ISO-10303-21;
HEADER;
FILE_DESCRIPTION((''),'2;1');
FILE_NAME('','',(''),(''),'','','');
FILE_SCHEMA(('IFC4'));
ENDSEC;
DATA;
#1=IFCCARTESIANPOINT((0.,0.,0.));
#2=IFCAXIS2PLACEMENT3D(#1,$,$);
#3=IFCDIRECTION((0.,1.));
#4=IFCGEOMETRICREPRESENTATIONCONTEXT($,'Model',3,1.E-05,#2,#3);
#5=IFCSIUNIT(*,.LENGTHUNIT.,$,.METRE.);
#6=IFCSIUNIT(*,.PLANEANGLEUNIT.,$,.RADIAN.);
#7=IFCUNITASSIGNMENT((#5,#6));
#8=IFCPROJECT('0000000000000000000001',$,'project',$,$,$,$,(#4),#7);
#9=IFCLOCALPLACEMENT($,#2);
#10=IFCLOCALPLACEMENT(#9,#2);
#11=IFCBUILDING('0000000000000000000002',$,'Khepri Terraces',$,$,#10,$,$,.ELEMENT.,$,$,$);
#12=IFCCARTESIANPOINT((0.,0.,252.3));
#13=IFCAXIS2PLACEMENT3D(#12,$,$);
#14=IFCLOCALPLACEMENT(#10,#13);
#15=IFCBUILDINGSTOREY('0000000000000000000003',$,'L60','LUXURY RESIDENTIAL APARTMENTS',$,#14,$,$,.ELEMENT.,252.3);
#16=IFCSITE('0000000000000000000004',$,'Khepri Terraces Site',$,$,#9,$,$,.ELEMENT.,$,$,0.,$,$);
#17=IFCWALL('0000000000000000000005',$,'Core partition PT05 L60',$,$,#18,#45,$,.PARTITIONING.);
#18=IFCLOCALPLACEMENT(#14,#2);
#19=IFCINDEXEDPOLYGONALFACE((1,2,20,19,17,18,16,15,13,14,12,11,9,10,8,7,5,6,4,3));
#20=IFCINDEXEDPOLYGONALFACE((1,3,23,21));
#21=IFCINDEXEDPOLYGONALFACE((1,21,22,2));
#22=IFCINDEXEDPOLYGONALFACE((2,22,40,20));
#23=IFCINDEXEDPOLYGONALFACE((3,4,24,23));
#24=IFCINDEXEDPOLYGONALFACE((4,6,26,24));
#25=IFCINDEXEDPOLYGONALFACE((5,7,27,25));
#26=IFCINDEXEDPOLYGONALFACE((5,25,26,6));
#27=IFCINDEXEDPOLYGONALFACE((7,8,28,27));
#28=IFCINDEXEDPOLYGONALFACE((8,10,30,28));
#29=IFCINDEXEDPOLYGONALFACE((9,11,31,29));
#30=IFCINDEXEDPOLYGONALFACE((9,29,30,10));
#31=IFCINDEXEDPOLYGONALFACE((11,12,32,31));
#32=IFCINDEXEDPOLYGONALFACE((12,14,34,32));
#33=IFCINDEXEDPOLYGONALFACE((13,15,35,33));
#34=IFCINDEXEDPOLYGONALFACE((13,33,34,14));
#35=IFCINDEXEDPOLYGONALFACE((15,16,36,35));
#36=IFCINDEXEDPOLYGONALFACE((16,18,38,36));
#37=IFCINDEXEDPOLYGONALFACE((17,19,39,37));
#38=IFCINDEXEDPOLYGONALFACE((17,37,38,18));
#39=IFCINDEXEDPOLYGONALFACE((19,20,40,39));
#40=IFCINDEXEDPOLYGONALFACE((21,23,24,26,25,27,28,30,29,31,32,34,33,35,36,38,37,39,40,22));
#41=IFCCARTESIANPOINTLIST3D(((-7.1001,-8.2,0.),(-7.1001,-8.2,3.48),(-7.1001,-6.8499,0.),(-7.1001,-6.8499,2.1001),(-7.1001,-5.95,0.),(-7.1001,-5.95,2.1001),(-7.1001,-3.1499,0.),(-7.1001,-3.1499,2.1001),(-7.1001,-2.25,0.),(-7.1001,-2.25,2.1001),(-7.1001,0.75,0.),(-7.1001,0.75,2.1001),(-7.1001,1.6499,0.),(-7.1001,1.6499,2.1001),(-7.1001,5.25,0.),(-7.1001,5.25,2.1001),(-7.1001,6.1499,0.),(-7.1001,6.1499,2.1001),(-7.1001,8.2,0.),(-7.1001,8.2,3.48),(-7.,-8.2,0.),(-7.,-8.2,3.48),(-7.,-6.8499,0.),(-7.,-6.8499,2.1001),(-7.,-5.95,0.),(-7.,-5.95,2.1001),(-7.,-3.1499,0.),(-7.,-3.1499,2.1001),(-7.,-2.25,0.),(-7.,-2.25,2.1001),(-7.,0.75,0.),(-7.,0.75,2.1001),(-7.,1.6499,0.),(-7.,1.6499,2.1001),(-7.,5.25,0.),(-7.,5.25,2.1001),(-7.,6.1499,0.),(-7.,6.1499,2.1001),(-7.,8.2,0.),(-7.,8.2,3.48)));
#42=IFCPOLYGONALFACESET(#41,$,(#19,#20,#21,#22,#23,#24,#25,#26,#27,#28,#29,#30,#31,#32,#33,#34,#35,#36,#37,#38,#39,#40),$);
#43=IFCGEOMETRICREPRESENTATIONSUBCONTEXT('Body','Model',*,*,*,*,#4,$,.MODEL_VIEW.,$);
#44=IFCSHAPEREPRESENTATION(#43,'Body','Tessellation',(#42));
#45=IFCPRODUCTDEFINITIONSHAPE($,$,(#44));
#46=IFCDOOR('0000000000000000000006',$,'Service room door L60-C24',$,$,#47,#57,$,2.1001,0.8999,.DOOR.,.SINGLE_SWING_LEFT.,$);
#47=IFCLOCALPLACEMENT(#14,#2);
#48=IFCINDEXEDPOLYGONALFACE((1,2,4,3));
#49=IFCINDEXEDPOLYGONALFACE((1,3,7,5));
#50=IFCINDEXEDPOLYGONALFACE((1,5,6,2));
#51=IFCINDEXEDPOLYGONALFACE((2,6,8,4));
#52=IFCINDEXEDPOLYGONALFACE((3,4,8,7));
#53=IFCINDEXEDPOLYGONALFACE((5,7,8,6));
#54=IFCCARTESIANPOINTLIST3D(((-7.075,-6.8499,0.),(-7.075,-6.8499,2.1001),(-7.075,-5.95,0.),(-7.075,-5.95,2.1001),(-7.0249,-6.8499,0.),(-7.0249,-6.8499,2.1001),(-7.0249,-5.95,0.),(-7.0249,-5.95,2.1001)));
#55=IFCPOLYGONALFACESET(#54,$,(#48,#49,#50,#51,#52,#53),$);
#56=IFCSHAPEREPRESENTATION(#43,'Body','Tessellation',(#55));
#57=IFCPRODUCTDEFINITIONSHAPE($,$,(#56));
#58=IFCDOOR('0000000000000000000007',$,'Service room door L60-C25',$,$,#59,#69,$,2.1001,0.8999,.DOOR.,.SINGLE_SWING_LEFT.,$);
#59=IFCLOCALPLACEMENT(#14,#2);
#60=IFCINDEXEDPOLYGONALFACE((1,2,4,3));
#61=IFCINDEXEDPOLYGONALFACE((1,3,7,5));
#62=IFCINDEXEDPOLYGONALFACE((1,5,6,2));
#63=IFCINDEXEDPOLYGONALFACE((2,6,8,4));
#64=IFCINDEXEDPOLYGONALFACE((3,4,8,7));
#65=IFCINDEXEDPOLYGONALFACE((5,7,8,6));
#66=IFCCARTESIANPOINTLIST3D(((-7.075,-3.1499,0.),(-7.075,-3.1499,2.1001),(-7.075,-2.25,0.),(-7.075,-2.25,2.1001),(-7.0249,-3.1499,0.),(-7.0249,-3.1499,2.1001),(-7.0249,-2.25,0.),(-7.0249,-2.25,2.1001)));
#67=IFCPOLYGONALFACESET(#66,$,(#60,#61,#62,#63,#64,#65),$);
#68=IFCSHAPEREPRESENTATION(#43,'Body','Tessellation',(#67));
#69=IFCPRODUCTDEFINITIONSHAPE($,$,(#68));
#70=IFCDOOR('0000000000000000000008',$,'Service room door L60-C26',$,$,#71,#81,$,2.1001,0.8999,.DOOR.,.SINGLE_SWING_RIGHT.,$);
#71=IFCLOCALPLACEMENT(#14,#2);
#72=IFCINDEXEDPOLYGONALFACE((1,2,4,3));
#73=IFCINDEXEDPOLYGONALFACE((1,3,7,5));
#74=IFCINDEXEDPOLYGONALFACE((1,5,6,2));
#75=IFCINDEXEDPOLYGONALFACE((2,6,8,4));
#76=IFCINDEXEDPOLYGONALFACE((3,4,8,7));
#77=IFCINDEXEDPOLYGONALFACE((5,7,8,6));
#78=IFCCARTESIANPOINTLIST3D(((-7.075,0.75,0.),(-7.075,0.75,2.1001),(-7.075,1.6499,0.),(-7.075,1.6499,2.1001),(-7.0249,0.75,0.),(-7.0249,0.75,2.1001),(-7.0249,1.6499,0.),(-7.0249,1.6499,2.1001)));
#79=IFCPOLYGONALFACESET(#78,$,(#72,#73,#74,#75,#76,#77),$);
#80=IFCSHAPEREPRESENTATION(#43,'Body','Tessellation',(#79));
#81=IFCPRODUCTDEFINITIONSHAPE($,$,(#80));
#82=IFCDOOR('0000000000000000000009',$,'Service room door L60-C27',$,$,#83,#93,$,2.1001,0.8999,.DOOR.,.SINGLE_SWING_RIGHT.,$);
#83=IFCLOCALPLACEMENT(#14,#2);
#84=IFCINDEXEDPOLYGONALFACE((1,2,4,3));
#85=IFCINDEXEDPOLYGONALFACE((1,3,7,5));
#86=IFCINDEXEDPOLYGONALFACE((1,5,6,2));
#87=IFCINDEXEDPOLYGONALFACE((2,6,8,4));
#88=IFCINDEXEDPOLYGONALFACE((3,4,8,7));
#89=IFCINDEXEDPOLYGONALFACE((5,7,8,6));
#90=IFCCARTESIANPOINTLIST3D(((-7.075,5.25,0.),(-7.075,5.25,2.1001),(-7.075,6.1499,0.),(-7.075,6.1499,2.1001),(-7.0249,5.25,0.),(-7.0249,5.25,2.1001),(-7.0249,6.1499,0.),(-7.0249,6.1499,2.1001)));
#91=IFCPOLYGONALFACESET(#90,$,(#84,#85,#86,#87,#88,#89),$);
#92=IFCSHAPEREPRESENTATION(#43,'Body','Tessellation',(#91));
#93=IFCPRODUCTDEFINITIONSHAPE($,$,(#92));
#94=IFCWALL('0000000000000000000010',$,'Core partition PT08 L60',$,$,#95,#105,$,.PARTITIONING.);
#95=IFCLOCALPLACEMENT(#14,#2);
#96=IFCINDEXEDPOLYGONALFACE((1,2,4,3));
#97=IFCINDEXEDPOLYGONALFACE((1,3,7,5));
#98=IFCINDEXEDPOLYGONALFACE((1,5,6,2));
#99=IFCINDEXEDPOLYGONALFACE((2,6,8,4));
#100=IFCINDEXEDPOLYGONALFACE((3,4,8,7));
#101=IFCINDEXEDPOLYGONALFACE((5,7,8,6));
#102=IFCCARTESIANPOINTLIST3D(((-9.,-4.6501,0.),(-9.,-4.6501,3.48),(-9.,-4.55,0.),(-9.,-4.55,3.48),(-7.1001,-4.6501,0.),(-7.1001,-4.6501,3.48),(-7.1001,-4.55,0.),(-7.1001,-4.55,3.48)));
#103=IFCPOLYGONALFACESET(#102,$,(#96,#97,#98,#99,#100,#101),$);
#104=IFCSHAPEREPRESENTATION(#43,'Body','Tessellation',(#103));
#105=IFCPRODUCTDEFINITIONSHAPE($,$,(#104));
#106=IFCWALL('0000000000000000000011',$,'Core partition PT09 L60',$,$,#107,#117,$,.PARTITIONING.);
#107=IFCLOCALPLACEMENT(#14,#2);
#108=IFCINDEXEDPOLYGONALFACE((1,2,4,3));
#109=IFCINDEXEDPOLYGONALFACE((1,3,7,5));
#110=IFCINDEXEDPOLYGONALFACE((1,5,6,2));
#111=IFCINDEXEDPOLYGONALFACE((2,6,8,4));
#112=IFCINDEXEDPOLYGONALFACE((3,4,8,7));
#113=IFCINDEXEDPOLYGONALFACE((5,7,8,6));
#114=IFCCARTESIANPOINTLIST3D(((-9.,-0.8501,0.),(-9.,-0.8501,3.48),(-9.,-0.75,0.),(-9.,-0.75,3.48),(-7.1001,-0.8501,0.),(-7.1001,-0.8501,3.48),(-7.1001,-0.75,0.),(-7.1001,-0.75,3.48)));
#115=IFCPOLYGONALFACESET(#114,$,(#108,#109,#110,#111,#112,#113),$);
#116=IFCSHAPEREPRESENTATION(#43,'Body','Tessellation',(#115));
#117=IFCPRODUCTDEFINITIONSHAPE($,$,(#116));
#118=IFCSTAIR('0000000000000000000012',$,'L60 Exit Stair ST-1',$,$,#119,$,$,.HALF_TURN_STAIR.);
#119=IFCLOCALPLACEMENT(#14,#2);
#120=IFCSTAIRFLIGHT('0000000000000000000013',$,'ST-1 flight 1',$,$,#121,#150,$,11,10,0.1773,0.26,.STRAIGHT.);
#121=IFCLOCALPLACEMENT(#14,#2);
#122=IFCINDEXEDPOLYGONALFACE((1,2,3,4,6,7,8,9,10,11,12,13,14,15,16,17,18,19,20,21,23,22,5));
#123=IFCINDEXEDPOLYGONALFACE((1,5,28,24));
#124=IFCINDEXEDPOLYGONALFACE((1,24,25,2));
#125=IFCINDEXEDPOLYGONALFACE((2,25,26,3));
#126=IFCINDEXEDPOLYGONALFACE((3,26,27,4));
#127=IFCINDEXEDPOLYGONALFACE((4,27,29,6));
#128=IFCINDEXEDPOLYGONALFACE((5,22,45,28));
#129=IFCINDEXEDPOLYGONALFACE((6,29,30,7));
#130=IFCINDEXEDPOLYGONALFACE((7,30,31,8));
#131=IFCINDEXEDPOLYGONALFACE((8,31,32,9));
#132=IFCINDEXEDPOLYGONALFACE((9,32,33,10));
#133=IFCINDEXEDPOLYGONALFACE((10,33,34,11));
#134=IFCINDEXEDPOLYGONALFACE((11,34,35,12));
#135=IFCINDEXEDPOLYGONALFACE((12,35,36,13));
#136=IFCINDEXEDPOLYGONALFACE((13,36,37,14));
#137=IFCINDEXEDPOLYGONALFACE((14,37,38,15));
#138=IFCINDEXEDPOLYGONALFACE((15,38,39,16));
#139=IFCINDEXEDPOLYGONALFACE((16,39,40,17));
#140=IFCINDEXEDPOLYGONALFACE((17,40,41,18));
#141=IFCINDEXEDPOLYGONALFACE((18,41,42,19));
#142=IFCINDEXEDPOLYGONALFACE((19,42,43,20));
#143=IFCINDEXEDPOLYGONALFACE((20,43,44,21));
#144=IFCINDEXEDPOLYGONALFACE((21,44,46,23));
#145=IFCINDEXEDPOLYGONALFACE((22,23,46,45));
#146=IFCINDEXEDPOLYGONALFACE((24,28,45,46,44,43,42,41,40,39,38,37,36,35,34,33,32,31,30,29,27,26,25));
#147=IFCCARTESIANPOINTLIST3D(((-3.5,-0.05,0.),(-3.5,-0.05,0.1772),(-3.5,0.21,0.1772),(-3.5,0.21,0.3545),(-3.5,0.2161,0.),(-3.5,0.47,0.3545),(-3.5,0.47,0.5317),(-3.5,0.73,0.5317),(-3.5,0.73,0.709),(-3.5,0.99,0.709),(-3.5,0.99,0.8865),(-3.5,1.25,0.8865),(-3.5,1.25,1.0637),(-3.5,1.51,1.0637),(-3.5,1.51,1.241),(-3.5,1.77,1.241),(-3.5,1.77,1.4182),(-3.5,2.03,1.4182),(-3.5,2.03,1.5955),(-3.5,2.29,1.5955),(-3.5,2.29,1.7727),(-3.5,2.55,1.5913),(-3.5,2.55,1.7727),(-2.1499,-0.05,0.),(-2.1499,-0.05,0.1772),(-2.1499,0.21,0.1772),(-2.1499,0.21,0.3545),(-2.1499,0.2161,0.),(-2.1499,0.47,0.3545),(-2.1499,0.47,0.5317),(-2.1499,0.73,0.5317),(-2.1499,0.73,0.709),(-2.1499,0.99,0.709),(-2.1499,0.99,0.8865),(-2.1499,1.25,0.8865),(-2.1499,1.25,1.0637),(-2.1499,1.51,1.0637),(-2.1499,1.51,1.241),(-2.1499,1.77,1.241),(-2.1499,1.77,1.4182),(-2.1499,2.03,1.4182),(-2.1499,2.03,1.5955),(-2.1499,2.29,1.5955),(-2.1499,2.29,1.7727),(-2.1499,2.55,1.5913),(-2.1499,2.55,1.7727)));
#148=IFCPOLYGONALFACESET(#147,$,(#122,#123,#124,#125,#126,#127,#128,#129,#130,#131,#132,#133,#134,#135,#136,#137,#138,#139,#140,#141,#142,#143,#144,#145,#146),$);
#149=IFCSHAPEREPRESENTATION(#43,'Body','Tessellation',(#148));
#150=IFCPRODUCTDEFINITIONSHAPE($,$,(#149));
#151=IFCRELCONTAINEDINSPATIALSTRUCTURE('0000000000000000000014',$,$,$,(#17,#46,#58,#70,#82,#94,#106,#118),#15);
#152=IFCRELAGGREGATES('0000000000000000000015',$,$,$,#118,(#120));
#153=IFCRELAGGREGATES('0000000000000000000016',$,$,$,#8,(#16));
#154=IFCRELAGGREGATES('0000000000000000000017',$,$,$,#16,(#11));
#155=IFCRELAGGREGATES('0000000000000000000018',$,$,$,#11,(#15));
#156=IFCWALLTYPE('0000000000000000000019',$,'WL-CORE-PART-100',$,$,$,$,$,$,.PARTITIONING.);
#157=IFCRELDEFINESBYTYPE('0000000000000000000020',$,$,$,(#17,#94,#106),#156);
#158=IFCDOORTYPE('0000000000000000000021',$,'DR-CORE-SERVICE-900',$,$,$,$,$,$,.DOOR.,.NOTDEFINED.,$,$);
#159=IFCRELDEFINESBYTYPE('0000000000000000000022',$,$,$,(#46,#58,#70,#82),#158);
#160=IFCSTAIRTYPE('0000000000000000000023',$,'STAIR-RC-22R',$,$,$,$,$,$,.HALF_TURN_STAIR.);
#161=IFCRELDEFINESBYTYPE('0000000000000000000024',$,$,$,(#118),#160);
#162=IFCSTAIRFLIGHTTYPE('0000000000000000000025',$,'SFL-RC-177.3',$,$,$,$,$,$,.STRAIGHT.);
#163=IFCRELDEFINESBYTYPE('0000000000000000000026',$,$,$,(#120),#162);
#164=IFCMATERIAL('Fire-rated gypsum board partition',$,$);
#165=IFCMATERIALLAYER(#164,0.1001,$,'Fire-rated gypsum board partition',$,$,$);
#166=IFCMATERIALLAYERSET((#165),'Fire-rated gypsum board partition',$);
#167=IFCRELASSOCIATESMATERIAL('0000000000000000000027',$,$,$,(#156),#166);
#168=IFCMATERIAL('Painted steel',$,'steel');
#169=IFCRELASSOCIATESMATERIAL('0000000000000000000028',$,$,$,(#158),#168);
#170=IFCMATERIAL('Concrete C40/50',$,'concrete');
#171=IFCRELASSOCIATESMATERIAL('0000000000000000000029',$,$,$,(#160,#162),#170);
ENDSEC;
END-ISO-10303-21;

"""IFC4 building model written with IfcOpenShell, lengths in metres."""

from ifc_helpers import new_model, si_unit, direction, frame, frame_2d, origin, place, context, subcontext, project, spatial, polyline, rectangle, outline, extrude, material, layer, layer_set, type_object, element, fill, aggregate, save


model = new_model("IFC4")

# Units and contexts
model_context = context("Model", 3, precision=1e-05, world=origin(), true_north=direction((0.0, 1.0)))
body_context = subcontext(model_context, "Body", "Model", "MODEL_VIEW")
ifc_project = project(units=[si_unit("LENGTHUNIT", "METRE"), si_unit("PLANEANGLEUNIT", "RADIAN")], contexts=[model_context])

# Site, building, storey
site_placement = place(None, origin())
site = spatial("IfcSite", under=ifc_project, at=site_placement, Name="Khepri Terraces Site", CompositionType="ELEMENT", RefElevation=0.0)
building_placement = place(site_placement, origin())
building = spatial("IfcBuilding", under=site, at=building_placement, Name="Khepri Terraces", CompositionType="ELEMENT")
storey_placement = place(building_placement, frame((0.0, 0.0, 252.3)))
storey = spatial("IfcBuildingStorey", under=building, at=storey_placement, Name="L60", Description="LUXURY RESIDENTIAL APARTMENTS", CompositionType="ELEMENT", Elevation=252.3)

# Shared definitions
ifc_material_1 = material(Name="Concrete C40/50", Category="concrete")

# Shared definitions
ifc_material_2 = material(Name="Painted steel", Category="steel")

# Wall, openings, doors
ifc_material_3 = material(Name="Fire-rated gypsum board partition")
ifc_layer_1 = layer(ifc_material_3, 0.1001, Name="Fire-rated gypsum board partition")
ifc_layer_set_1 = layer_set([ifc_layer_1], Name="Fire-rated gypsum board partition")
wall_type_1 = type_object("IfcWallType", Name="WL-CORE-PART-100", PredefinedType="PARTITIONING", material=ifc_layer_set_1)
wall_1_placement = place(storey_placement, frame((-7.05, -8.2, 0.0), z_axis=(0.0, 0.0, 1.0), x_axis=(0.0, 1.0, 0.0)))
wall_1 = element("IfcWall", 1, at=wall_1_placement, inside=storey, type_object=wall_type_1, Name="Core partition PT05 L60", PredefinedType="PARTITIONING", context=body_context, shape_type="SweptSolid", body=[
    extrude(rectangle(XDim=16.3999, YDim=0.1001, at=frame_2d((8.2, 0.0))), origin(), (0.0, 0.0, 1.0), 3.48),
])
opening_1_placement = place(wall_1_placement, frame((1.3501, 0.0, 0.0)))
opening_1 = element("IfcOpeningElement", 2, at=opening_1_placement, cuts=wall_1, PredefinedType="OPENING", context=body_context, shape_type="SweptSolid", body=[
    extrude(rectangle(XDim=0.8999, YDim=2.1001, at=frame_2d((0.45, 1.05))), frame((0.0, 0.0601, 0.0), z_axis=(0.0, -1.0, 0.0), x_axis=(1.0, 0.0, 0.0)), (0.0, 0.0, 1.0), 0.1201),
])
opening_2_placement = place(wall_1_placement, frame((5.05, 0.0, 0.0)))
opening_2 = element("IfcOpeningElement", 3, at=opening_2_placement, cuts=wall_1, PredefinedType="OPENING", context=body_context, shape_type="SweptSolid", body=[
    extrude(rectangle(XDim=0.8999, YDim=2.1001, at=frame_2d((0.45, 1.05))), frame((0.0, 0.0601, 0.0), z_axis=(0.0, -1.0, 0.0), x_axis=(1.0, 0.0, 0.0)), (0.0, 0.0, 1.0), 0.1201),
])
opening_3_placement = place(wall_1_placement, frame((8.95, 0.0, 0.0)))
opening_3 = element("IfcOpeningElement", 4, at=opening_3_placement, cuts=wall_1, PredefinedType="OPENING", context=body_context, shape_type="SweptSolid", body=[
    extrude(rectangle(XDim=0.8999, YDim=2.1001, at=frame_2d((0.45, 1.05))), frame((0.0, 0.0601, 0.0), z_axis=(0.0, -1.0, 0.0), x_axis=(1.0, 0.0, 0.0)), (0.0, 0.0, 1.0), 0.1201),
])
opening_4_placement = place(wall_1_placement, frame((13.45, 0.0, 0.0)))
opening_4 = element("IfcOpeningElement", 5, at=opening_4_placement, cuts=wall_1, PredefinedType="OPENING", context=body_context, shape_type="SweptSolid", body=[
    extrude(rectangle(XDim=0.8999, YDim=2.1001, at=frame_2d((0.45, 1.05))), frame((0.0, 0.0601, 0.0), z_axis=(0.0, -1.0, 0.0), x_axis=(1.0, 0.0, 0.0)), (0.0, 0.0, 1.0), 0.1201),
])
door_type_1 = type_object("IfcDoorType", Name="DR-CORE-SERVICE-900", OperationType="NOTDEFINED", PredefinedType="DOOR", material=ifc_material_2)
door_1_placement = place(opening_1_placement, origin())
door_1 = element("IfcDoor", 6, at=door_1_placement, inside=storey, type_object=door_type_1, Name="Service room door L60-C24", OperationType="SINGLE_SWING_LEFT", OverallHeight=2.1001, OverallWidth=0.8999, PredefinedType="DOOR", context=body_context, shape_type="SweptSolid", body=[
    extrude(rectangle(XDim=0.8999, YDim=2.1001, at=frame_2d((0.45, 1.05))), frame((0.0, 0.0249, 0.0), z_axis=(0.0, -1.0, 0.0), x_axis=(1.0, 0.0, 0.0)), (0.0, 0.0, 1.0), 0.05),
])
fill(opening_1, door_1)
door_2_placement = place(opening_2_placement, origin())
door_2 = element("IfcDoor", 7, at=door_2_placement, inside=storey, type_object=door_type_1, Name="Service room door L60-C25", OperationType="SINGLE_SWING_LEFT", OverallHeight=2.1001, OverallWidth=0.8999, PredefinedType="DOOR", context=body_context, shape_type="SweptSolid", body=[
    extrude(rectangle(XDim=0.8999, YDim=2.1001, at=frame_2d((0.45, 1.05))), frame((0.0, 0.0249, 0.0), z_axis=(0.0, -1.0, 0.0), x_axis=(1.0, 0.0, 0.0)), (0.0, 0.0, 1.0), 0.05),
])
fill(opening_2, door_2)
door_3_placement = place(opening_3_placement, origin())
door_3 = element("IfcDoor", 8, at=door_3_placement, inside=storey, type_object=door_type_1, Name="Service room door L60-C26", OperationType="SINGLE_SWING_RIGHT", OverallHeight=2.1001, OverallWidth=0.8999, PredefinedType="DOOR", context=body_context, shape_type="SweptSolid", body=[
    extrude(rectangle(XDim=0.8999, YDim=2.1001, at=frame_2d((0.45, 1.05))), frame((0.0, 0.0249, 0.0), z_axis=(0.0, -1.0, 0.0), x_axis=(1.0, 0.0, 0.0)), (0.0, 0.0, 1.0), 0.05),
])
fill(opening_3, door_3)
door_4_placement = place(opening_4_placement, origin())
door_4 = element("IfcDoor", 9, at=door_4_placement, inside=storey, type_object=door_type_1, Name="Service room door L60-C27", OperationType="SINGLE_SWING_RIGHT", OverallHeight=2.1001, OverallWidth=0.8999, PredefinedType="DOOR", context=body_context, shape_type="SweptSolid", body=[
    extrude(rectangle(XDim=0.8999, YDim=2.1001, at=frame_2d((0.45, 1.05))), frame((0.0, 0.0249, 0.0), z_axis=(0.0, -1.0, 0.0), x_axis=(1.0, 0.0, 0.0)), (0.0, 0.0, 1.0), 0.05),
])
fill(opening_4, door_4)

# Walls
for number, where, z_axis, x_axis, name in (
    (10, (-9.0, -4.6001, 0.0), (0.0, 0.0, 1.0), (1.0, 0.0, 0.0), "Core partition PT08 L60"),
    (11, (-9.0, -0.8, 0.0), (0.0, 0.0, 1.0), (1.0, 0.0, 0.0), "Core partition PT09 L60"),
):
    element("IfcWall", number, at=place(storey_placement, frame(where, z_axis=z_axis, x_axis=x_axis)), inside=storey, type_object=wall_type_1, Name=name, PredefinedType="PARTITIONING", context=body_context, shape_type="SweptSolid", body=[
        extrude(rectangle(XDim=1.8999, YDim=0.1001, at=frame_2d((0.95, 0.0))), origin(), (0.0, 0.0, 1.0), 3.48),
    ])

# Stair, stair flight
stair_type = type_object("IfcStairType", Name="STAIR-RC-22R", PredefinedType="HALF_TURN_STAIR", material=ifc_material_1)
stair_placement = place(storey_placement, origin())
stair = element("IfcStair", 12, at=stair_placement, inside=storey, type_object=stair_type, Name="L60 Exit Stair ST-1", PredefinedType="HALF_TURN_STAIR")
stair_flight_type = type_object("IfcStairFlightType", Name="SFL-RC-177.3", PredefinedType="STRAIGHT", material=ifc_material_1)
stair_flight_placement = place(storey_placement, frame((-2.825, -0.05, 0.0), z_axis=(0.0, 0.0, 1.0), x_axis=(0.0, 1.0, 0.0)))
stair_flight = element("IfcStairFlight", 13, at=stair_flight_placement, type_object=stair_flight_type, Name="ST-1 flight 1", NumberOfRisers=11, NumberOfTreads=10, PredefinedType="STRAIGHT", RiserHeight=0.1773, TreadLength=0.26, context=body_context, shape_type="SweptSolid", body=[
    extrude(outline(polyline([(0.0, 0.0), (0.0, 0.1772), (0.26, 0.1772), (0.26, 0.3545), (0.52, 0.3545), (0.52, 0.5317), (0.78, 0.5317), (0.78, 0.709), (1.04, 0.709), (1.04, 0.8865), (1.3, 0.8865), (1.3, 1.0637), (1.5601, 1.0637), (1.5601, 1.241), (1.8201, 1.241), (1.8201, 1.4182), (2.0801, 1.4182), (2.0801, 1.5955), (2.3401, 1.5955), (2.3401, 1.7727), (2.6001, 1.7727), (2.6001, 1.95), (2.6001, 1.5913), (0.2661, 0.0), (0.0, 0.0)])), frame((0.0, 0.675, 0.0), z_axis=(0.0, -1.0, 0.0), x_axis=(1.0, 0.0, 0.0)), (0.0, 0.0, 1.0), 1.3501),
])
aggregate(stair, [stair_flight])

save(model, "model.ifc")
